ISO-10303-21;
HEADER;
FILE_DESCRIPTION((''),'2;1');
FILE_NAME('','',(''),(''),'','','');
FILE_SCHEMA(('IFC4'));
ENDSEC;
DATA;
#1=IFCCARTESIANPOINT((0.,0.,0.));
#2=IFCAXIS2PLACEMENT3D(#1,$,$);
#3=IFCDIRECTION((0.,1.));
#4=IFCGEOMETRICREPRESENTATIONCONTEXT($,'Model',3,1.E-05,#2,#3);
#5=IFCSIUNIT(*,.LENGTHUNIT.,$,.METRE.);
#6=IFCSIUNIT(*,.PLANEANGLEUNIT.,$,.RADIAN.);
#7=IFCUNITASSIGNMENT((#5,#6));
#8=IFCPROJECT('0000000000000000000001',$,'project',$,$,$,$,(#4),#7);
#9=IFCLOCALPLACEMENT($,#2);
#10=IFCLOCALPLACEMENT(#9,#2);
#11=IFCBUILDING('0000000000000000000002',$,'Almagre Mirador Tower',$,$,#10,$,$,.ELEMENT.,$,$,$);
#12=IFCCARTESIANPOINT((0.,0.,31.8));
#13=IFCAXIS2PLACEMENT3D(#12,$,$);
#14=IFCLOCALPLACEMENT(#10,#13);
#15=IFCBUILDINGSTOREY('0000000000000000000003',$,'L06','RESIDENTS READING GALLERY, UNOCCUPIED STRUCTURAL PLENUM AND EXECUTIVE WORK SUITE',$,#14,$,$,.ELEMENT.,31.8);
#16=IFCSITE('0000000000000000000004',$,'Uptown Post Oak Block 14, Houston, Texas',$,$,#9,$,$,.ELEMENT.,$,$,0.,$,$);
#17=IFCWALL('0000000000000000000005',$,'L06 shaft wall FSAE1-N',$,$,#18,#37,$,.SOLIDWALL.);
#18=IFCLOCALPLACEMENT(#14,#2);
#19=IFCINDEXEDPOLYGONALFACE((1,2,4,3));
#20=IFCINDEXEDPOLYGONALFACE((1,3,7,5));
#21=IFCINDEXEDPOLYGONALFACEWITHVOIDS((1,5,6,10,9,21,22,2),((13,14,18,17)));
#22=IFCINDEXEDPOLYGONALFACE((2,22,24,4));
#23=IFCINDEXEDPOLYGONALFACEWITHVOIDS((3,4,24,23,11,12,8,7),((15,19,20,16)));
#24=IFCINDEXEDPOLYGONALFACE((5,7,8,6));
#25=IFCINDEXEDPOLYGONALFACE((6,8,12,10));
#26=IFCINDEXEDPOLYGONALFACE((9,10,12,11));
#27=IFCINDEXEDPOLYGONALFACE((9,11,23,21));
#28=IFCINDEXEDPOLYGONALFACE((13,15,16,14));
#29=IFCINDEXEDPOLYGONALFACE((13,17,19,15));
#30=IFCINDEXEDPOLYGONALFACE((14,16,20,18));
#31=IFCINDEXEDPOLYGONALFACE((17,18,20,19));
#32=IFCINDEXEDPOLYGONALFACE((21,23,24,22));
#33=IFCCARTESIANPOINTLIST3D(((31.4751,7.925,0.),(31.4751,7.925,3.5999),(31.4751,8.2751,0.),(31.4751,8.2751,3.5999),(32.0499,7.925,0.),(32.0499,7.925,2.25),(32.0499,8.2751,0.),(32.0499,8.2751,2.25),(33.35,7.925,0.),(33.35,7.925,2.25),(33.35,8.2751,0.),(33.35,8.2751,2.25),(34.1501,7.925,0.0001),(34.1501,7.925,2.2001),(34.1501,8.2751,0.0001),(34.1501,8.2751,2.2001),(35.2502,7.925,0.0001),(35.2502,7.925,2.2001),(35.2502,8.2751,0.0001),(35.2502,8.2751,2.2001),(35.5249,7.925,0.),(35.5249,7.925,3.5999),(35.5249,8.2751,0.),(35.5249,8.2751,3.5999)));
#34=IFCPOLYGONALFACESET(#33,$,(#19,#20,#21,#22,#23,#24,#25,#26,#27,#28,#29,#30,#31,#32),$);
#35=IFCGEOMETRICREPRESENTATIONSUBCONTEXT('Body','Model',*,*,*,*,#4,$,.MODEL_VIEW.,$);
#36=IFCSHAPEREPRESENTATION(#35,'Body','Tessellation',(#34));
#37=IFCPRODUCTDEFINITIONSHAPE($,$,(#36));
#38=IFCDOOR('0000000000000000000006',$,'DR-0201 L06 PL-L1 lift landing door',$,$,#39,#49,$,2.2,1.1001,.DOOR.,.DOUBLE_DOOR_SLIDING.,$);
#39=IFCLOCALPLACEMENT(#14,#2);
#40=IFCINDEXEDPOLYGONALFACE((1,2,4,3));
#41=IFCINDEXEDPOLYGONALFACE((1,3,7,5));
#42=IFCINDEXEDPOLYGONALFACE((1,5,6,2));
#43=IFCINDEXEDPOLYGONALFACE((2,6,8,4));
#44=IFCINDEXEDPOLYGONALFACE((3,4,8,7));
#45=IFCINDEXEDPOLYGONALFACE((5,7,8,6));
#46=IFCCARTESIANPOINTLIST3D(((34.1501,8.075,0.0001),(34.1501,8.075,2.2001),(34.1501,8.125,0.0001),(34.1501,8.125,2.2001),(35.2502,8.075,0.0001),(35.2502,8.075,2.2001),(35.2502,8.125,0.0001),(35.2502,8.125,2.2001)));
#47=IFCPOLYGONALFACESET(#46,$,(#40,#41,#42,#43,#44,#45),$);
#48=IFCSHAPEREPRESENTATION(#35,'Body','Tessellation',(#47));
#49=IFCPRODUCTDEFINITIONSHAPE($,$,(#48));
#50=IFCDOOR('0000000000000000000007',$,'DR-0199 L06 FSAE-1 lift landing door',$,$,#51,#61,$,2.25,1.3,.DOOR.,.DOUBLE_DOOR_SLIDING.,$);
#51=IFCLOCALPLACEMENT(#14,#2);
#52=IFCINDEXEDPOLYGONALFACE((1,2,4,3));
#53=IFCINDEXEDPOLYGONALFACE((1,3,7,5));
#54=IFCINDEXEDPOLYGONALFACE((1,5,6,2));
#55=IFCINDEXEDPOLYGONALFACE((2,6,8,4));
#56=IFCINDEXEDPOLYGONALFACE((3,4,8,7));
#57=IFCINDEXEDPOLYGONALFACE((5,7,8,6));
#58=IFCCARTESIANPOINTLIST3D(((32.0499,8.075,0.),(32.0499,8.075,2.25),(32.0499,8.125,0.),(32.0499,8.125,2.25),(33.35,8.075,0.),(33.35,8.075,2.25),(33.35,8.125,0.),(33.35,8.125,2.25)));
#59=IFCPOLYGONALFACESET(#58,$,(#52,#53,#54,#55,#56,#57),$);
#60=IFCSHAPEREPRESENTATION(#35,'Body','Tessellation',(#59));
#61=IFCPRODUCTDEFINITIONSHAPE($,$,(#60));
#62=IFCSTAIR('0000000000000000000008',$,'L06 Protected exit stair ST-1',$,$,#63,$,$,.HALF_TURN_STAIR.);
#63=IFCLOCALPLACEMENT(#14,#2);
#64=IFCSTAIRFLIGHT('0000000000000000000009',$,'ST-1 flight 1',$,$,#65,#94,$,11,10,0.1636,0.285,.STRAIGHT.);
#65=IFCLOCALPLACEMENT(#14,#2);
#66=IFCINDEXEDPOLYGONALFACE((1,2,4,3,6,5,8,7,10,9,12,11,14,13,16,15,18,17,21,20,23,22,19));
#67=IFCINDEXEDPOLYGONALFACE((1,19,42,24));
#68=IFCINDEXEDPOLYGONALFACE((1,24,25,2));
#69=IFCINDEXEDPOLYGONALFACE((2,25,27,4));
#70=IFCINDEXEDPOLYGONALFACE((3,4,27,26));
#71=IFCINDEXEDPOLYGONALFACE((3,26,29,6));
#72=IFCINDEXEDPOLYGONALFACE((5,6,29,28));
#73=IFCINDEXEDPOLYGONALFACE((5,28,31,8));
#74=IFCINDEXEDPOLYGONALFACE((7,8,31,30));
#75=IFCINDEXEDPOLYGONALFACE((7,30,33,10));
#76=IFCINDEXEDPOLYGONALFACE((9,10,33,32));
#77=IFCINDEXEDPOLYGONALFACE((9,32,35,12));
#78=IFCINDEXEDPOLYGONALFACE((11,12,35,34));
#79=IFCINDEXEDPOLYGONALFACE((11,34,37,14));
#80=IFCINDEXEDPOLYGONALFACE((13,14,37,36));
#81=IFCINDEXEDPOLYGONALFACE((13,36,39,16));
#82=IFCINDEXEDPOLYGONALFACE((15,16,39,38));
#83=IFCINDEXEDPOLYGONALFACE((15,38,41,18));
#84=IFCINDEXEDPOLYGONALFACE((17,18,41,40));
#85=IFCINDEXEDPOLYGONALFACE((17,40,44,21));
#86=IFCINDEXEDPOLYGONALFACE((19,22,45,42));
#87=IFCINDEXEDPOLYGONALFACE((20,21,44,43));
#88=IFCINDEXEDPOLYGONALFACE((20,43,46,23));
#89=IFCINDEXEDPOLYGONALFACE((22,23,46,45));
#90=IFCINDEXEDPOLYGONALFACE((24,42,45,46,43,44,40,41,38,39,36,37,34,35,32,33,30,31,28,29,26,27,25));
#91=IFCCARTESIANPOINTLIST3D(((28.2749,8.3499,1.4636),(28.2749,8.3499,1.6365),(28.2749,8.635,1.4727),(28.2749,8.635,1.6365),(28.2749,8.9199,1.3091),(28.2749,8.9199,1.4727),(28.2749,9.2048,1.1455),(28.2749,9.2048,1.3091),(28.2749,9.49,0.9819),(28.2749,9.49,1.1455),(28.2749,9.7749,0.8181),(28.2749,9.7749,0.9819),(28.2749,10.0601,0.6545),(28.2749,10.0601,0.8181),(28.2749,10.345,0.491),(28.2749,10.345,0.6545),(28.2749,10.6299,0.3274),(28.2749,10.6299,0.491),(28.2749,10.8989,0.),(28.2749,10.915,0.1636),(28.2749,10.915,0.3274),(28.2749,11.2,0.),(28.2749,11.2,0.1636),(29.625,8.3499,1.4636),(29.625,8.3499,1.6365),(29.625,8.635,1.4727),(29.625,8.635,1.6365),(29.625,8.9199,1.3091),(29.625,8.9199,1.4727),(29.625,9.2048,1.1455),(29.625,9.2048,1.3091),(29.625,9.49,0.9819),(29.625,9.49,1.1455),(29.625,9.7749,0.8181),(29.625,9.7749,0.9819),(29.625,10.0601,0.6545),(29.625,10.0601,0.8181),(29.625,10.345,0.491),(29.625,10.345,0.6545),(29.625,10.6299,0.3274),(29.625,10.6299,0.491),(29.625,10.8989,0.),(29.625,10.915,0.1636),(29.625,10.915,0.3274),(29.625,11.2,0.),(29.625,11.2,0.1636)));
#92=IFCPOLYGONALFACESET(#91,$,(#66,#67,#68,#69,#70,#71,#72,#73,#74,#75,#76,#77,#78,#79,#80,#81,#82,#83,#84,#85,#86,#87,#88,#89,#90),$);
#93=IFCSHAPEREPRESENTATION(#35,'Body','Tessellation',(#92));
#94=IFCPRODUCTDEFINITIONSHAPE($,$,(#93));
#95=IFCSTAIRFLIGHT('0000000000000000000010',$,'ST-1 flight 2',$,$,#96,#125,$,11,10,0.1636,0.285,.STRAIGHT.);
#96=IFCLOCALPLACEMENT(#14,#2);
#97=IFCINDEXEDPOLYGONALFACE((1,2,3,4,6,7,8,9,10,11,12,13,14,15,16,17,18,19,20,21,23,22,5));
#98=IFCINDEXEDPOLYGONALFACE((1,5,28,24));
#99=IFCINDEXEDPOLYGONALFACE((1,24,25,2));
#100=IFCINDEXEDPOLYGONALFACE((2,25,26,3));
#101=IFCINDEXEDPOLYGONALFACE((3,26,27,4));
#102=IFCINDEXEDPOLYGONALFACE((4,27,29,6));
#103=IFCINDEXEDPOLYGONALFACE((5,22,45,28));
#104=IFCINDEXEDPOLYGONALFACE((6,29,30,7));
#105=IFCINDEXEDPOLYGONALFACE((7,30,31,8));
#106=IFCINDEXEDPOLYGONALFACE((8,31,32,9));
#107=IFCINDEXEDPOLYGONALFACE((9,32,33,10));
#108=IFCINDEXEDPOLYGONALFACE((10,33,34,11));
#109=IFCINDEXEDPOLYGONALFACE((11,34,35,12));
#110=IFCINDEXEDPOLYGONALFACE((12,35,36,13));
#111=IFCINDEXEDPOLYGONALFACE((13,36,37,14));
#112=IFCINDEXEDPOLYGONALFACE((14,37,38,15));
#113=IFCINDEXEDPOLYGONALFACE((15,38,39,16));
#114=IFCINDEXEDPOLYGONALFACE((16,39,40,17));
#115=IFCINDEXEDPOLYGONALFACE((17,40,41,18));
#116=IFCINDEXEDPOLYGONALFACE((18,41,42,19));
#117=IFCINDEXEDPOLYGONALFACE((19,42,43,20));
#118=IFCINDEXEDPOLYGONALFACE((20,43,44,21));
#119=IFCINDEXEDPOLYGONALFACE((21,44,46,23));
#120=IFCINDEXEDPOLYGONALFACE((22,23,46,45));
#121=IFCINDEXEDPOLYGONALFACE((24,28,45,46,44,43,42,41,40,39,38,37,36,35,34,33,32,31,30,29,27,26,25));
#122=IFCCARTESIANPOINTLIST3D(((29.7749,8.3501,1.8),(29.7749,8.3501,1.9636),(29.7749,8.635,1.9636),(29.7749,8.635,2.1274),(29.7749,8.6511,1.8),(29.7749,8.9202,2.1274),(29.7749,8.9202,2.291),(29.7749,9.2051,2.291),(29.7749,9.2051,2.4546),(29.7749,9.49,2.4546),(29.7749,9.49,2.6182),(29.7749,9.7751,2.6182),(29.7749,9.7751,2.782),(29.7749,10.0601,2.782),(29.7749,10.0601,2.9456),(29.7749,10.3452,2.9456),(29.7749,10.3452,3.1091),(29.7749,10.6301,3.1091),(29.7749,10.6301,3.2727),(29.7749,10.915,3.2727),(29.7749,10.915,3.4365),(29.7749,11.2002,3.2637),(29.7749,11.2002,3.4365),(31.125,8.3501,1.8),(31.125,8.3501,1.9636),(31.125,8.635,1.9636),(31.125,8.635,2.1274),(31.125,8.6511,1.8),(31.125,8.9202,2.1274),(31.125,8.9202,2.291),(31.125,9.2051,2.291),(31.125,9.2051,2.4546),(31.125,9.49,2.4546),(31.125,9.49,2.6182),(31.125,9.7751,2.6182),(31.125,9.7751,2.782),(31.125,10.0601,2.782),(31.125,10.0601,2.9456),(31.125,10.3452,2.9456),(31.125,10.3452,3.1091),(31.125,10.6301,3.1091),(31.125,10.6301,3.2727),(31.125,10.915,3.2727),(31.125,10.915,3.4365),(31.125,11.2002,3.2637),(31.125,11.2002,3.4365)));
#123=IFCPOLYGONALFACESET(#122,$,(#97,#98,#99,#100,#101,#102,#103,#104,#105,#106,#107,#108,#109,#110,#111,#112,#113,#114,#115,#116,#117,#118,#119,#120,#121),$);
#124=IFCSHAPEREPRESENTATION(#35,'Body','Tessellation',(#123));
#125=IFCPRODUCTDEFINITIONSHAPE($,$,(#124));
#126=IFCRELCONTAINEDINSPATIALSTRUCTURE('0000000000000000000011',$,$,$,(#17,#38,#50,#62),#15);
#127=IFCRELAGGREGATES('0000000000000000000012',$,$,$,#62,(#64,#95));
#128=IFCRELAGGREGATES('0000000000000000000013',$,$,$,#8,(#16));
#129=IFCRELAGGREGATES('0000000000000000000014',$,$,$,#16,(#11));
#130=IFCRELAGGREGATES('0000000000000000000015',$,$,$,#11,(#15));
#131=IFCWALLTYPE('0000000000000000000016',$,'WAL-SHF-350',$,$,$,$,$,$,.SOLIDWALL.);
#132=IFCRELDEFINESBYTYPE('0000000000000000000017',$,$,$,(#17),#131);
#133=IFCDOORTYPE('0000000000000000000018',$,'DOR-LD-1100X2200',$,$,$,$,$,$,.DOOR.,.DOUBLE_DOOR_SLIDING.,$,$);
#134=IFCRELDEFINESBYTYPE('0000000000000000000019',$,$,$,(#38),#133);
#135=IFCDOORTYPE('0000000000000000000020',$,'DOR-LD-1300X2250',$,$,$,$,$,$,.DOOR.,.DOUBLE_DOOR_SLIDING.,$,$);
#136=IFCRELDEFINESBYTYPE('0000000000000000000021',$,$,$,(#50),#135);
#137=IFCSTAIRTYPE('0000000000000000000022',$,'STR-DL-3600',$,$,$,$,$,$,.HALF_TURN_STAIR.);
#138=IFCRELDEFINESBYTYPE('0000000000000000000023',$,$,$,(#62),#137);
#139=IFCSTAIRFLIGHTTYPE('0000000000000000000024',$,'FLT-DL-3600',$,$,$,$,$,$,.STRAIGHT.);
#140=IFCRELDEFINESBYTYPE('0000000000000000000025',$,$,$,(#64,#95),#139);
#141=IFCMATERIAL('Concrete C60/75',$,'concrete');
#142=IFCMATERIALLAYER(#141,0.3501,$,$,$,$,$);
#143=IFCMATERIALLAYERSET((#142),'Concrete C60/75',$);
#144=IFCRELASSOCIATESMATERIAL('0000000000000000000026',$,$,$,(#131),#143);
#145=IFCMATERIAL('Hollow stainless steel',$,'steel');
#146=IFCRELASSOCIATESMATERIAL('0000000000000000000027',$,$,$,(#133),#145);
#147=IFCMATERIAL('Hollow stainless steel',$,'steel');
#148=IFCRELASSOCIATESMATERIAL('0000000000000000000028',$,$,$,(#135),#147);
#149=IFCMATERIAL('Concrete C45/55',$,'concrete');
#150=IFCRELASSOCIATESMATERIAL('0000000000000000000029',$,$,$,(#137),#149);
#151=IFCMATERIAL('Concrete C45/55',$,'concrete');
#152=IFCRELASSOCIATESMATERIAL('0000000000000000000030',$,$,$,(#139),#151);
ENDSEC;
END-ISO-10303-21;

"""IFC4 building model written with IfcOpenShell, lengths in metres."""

from ifc_helpers import new_model, si_unit, direction, frame, frame_2d, origin, place, context, subcontext, project, spatial, polyline, rectangle, outline, extrude, material, layer, layer_set, type_object, element, fill, aggregate, save


model = new_model("IFC4")

# Units and contexts
model_context = context("Model", 3, precision=1e-05, world=origin(), true_north=direction((0.0, 1.0)))
body_context = subcontext(model_context, "Body", "Model", "MODEL_VIEW")
ifc_project = project(units=[si_unit("LENGTHUNIT", "METRE"), si_unit("PLANEANGLEUNIT", "RADIAN")], contexts=[model_context])

# Site, building, storey
site_placement = place(None, origin())
site = spatial("IfcSite", under=ifc_project, at=site_placement, Name="Uptown Post Oak Block 14, Houston, Texas", CompositionType="ELEMENT", RefElevation=0.0)
building_placement = place(site_placement, origin())
building = spatial("IfcBuilding", under=site, at=building_placement, Name="Almagre Mirador Tower", CompositionType="ELEMENT")
storey_placement = place(building_placement, frame((0.0, 0.0, 31.8)))
storey = spatial("IfcBuildingStorey", under=building, at=storey_placement, Name="L06", Description="RESIDENTS READING GALLERY, UNOCCUPIED STRUCTURAL PLENUM AND EXECUTIVE WORK SUITE", CompositionType="ELEMENT", Elevation=31.8)

# Shared definitions
ifc_material_1 = material(Name="Concrete C60/75", Category="concrete")
ifc_layer_1 = layer(ifc_material_1, 0.3501)
ifc_layer_set_1 = layer_set([ifc_layer_1], Name="Concrete C60/75")
wall_type_1 = type_object("IfcWallType", Name="WAL-SHF-350", PredefinedType="SOLIDWALL", material=ifc_layer_set_1)

# Wall, openings, doors
wall_1_placement = place(storey_placement, frame((31.4751, 8.1001, 0.0), z_axis=(0.0, 0.0, 1.0), x_axis=(1.0, 0.0, 0.0)))
wall_1 = element("IfcWall", 1, at=wall_1_placement, inside=storey, type_object=wall_type_1, Name="L06 shaft wall FSAE1-N", PredefinedType="SOLIDWALL", context=body_context, shape_type="SweptSolid", body=[
    extrude(rectangle(XDim=4.0498, YDim=0.3501, at=frame_2d((2.0249, 0.0))), origin(), (0.0, 0.0, 1.0), 3.5999),
])
opening_1_placement = place(wall_1_placement, frame((0.575, 0.0, 0.0)))
opening_1 = element("IfcOpeningElement", 2, at=opening_1_placement, cuts=wall_1, PredefinedType="OPENING", context=body_context, shape_type="SweptSolid", body=[
    extrude(rectangle(XDim=1.3, YDim=2.25, at=frame_2d((0.6499, 1.125))), frame((0.0, 0.185, 0.0), z_axis=(0.0, -1.0, 0.0), x_axis=(1.0, 0.0, 0.0)), (0.0, 0.0, 1.0), 0.3701),
])
opening_2_placement = place(wall_1_placement, frame((2.675, 0.0, 0.0)))
opening_2 = element("IfcOpeningElement", 3, at=opening_2_placement, cuts=wall_1, PredefinedType="OPENING", context=body_context, shape_type="SweptSolid", body=[
    extrude(rectangle(XDim=1.1001, YDim=2.2, at=frame_2d((0.55, 1.1001))), frame((0.0, 0.185, 0.0), z_axis=(0.0, -1.0, 0.0), x_axis=(1.0, 0.0, 0.0)), (0.0, 0.0, 1.0), 0.3701),
])
ifc_material_2 = material(Name="Hollow stainless steel", Category="steel")
door_type_1 = type_object("IfcDoorType", Name="DOR-LD-1100X2200", OperationType="DOUBLE_DOOR_SLIDING", PredefinedType="DOOR", material=ifc_material_2)
door_1_placement = place(opening_2_placement, origin())
door_1 = element("IfcDoor", 4, at=door_1_placement, inside=storey, type_object=door_type_1, Name="DR-0201 L06 PL-L1 lift landing door", OperationType="DOUBLE_DOOR_SLIDING", OverallHeight=2.2, OverallWidth=1.1001, PredefinedType="DOOR", context=body_context, shape_type="SweptSolid", body=[
    extrude(rectangle(XDim=1.1001, YDim=2.2, at=frame_2d((0.55, 1.1001))), frame((0.0, 0.0249, 0.0), z_axis=(0.0, -1.0, 0.0), x_axis=(1.0, 0.0, 0.0)), (0.0, 0.0, 1.0), 0.05),
])
fill(opening_2, door_1)
ifc_material_3 = material(Name="Hollow stainless steel", Category="steel")
door_type_2 = type_object("IfcDoorType", Name="DOR-LD-1300X2250", OperationType="DOUBLE_DOOR_SLIDING", PredefinedType="DOOR", material=ifc_material_3)
door_2_placement = place(opening_1_placement, origin())
door_2 = element("IfcDoor", 5, at=door_2_placement, inside=storey, type_object=door_type_2, Name="DR-0199 L06 FSAE-1 lift landing door", OperationType="DOUBLE_DOOR_SLIDING", OverallHeight=2.25, OverallWidth=1.3, PredefinedType="DOOR", context=body_context, shape_type="SweptSolid", body=[
    extrude(rectangle(XDim=1.3, YDim=2.25, at=frame_2d((0.6499, 1.125))), frame((0.0, 0.0249, 0.0), z_axis=(0.0, -1.0, 0.0), x_axis=(1.0, 0.0, 0.0)), (0.0, 0.0, 1.0), 0.05),
])
fill(opening_1, door_2)

# Stair, stair flights
ifc_material_4 = material(Name="Concrete C45/55", Category="concrete")
stair_type = type_object("IfcStairType", Name="STR-DL-3600", PredefinedType="HALF_TURN_STAIR", material=ifc_material_4)
stair_placement = place(storey_placement, origin())
stair = element("IfcStair", 6, at=stair_placement, inside=storey, type_object=stair_type, Name="L06 Protected exit stair ST-1", PredefinedType="HALF_TURN_STAIR")
ifc_material_5 = material(Name="Concrete C45/55", Category="concrete")
stair_flight_type = type_object("IfcStairFlightType", Name="FLT-DL-3600", PredefinedType="STRAIGHT", material=ifc_material_5)
stair_flight_1_placement = place(storey_placement, frame((28.95, 11.2, 0.0), z_axis=(0.0, 0.0, 1.0), x_axis=(0.0, -1.0, 0.0)))
stair_flight_1 = element("IfcStairFlight", 7, at=stair_flight_1_placement, type_object=stair_flight_type, Name="ST-1 flight 1", NumberOfRisers=11, NumberOfTreads=10, PredefinedType="STRAIGHT", RiserHeight=0.1636, TreadLength=0.285, context=body_context, shape_type="SweptSolid", body=[
    extrude(outline(polyline([(0.0, 0.0), (0.0, 0.1636), (0.2849, 0.1636), (0.2849, 0.3274), (0.5701, 0.3274), (0.5701, 0.491), (0.855, 0.491), (0.855, 0.6545), (1.1399, 0.6545), (1.1399, 0.8181), (1.425, 0.8181), (1.425, 0.9819), (1.71, 0.9819), (1.71, 1.1455), (1.9951, 1.1455), (1.9951, 1.3091), (2.28, 1.3091), (2.28, 1.4727), (2.5649, 1.4727), (2.5649, 1.6365), (2.8501, 1.6365), (2.8501, 1.8), (2.8501, 1.4636), (0.301, 0.0), (0.0, 0.0)])), frame((0.0, 0.675, 0.0), z_axis=(0.0, -1.0, 0.0), x_axis=(1.0, 0.0, 0.0)), (0.0, 0.0, 1.0), 1.3501),
])
stair_flight_2_placement = place(storey_placement, frame((30.45, 8.3501, 1.8), z_axis=(0.0, 0.0, 1.0), x_axis=(0.0, 1.0, 0.0)))
stair_flight_2 = element("IfcStairFlight", 8, at=stair_flight_2_placement, type_object=stair_flight_type, Name="ST-1 flight 2", NumberOfRisers=11, NumberOfTreads=10, PredefinedType="STRAIGHT", RiserHeight=0.1636, TreadLength=0.285, context=body_context, shape_type="SweptSolid", body=[
    extrude(outline(polyline([(0.0, 0.0), (0.0, 0.1636), (0.2849, 0.1636), (0.2849, 0.3274), (0.5701, 0.3274), (0.5701, 0.491), (0.855, 0.491), (0.855, 0.6545), (1.1399, 0.6545), (1.1399, 0.8181), (1.425, 0.8181), (1.425, 0.9819), (1.71, 0.9819), (1.71, 1.1455), (1.9951, 1.1455), (1.9951, 1.3091), (2.28, 1.3091), (2.28, 1.4727), (2.5649, 1.4727), (2.5649, 1.6365), (2.8501, 1.6365), (2.8501, 1.8), (2.8501, 1.4636), (0.301, 0.0), (0.0, 0.0)])), frame((0.0, 0.675, 0.0), z_axis=(0.0, -1.0, 0.0), x_axis=(1.0, 0.0, 0.0)), (0.0, 0.0, 1.0), 1.3501),
])
aggregate(stair, [stair_flight_1, stair_flight_2])

save(model, "model.ifc")
